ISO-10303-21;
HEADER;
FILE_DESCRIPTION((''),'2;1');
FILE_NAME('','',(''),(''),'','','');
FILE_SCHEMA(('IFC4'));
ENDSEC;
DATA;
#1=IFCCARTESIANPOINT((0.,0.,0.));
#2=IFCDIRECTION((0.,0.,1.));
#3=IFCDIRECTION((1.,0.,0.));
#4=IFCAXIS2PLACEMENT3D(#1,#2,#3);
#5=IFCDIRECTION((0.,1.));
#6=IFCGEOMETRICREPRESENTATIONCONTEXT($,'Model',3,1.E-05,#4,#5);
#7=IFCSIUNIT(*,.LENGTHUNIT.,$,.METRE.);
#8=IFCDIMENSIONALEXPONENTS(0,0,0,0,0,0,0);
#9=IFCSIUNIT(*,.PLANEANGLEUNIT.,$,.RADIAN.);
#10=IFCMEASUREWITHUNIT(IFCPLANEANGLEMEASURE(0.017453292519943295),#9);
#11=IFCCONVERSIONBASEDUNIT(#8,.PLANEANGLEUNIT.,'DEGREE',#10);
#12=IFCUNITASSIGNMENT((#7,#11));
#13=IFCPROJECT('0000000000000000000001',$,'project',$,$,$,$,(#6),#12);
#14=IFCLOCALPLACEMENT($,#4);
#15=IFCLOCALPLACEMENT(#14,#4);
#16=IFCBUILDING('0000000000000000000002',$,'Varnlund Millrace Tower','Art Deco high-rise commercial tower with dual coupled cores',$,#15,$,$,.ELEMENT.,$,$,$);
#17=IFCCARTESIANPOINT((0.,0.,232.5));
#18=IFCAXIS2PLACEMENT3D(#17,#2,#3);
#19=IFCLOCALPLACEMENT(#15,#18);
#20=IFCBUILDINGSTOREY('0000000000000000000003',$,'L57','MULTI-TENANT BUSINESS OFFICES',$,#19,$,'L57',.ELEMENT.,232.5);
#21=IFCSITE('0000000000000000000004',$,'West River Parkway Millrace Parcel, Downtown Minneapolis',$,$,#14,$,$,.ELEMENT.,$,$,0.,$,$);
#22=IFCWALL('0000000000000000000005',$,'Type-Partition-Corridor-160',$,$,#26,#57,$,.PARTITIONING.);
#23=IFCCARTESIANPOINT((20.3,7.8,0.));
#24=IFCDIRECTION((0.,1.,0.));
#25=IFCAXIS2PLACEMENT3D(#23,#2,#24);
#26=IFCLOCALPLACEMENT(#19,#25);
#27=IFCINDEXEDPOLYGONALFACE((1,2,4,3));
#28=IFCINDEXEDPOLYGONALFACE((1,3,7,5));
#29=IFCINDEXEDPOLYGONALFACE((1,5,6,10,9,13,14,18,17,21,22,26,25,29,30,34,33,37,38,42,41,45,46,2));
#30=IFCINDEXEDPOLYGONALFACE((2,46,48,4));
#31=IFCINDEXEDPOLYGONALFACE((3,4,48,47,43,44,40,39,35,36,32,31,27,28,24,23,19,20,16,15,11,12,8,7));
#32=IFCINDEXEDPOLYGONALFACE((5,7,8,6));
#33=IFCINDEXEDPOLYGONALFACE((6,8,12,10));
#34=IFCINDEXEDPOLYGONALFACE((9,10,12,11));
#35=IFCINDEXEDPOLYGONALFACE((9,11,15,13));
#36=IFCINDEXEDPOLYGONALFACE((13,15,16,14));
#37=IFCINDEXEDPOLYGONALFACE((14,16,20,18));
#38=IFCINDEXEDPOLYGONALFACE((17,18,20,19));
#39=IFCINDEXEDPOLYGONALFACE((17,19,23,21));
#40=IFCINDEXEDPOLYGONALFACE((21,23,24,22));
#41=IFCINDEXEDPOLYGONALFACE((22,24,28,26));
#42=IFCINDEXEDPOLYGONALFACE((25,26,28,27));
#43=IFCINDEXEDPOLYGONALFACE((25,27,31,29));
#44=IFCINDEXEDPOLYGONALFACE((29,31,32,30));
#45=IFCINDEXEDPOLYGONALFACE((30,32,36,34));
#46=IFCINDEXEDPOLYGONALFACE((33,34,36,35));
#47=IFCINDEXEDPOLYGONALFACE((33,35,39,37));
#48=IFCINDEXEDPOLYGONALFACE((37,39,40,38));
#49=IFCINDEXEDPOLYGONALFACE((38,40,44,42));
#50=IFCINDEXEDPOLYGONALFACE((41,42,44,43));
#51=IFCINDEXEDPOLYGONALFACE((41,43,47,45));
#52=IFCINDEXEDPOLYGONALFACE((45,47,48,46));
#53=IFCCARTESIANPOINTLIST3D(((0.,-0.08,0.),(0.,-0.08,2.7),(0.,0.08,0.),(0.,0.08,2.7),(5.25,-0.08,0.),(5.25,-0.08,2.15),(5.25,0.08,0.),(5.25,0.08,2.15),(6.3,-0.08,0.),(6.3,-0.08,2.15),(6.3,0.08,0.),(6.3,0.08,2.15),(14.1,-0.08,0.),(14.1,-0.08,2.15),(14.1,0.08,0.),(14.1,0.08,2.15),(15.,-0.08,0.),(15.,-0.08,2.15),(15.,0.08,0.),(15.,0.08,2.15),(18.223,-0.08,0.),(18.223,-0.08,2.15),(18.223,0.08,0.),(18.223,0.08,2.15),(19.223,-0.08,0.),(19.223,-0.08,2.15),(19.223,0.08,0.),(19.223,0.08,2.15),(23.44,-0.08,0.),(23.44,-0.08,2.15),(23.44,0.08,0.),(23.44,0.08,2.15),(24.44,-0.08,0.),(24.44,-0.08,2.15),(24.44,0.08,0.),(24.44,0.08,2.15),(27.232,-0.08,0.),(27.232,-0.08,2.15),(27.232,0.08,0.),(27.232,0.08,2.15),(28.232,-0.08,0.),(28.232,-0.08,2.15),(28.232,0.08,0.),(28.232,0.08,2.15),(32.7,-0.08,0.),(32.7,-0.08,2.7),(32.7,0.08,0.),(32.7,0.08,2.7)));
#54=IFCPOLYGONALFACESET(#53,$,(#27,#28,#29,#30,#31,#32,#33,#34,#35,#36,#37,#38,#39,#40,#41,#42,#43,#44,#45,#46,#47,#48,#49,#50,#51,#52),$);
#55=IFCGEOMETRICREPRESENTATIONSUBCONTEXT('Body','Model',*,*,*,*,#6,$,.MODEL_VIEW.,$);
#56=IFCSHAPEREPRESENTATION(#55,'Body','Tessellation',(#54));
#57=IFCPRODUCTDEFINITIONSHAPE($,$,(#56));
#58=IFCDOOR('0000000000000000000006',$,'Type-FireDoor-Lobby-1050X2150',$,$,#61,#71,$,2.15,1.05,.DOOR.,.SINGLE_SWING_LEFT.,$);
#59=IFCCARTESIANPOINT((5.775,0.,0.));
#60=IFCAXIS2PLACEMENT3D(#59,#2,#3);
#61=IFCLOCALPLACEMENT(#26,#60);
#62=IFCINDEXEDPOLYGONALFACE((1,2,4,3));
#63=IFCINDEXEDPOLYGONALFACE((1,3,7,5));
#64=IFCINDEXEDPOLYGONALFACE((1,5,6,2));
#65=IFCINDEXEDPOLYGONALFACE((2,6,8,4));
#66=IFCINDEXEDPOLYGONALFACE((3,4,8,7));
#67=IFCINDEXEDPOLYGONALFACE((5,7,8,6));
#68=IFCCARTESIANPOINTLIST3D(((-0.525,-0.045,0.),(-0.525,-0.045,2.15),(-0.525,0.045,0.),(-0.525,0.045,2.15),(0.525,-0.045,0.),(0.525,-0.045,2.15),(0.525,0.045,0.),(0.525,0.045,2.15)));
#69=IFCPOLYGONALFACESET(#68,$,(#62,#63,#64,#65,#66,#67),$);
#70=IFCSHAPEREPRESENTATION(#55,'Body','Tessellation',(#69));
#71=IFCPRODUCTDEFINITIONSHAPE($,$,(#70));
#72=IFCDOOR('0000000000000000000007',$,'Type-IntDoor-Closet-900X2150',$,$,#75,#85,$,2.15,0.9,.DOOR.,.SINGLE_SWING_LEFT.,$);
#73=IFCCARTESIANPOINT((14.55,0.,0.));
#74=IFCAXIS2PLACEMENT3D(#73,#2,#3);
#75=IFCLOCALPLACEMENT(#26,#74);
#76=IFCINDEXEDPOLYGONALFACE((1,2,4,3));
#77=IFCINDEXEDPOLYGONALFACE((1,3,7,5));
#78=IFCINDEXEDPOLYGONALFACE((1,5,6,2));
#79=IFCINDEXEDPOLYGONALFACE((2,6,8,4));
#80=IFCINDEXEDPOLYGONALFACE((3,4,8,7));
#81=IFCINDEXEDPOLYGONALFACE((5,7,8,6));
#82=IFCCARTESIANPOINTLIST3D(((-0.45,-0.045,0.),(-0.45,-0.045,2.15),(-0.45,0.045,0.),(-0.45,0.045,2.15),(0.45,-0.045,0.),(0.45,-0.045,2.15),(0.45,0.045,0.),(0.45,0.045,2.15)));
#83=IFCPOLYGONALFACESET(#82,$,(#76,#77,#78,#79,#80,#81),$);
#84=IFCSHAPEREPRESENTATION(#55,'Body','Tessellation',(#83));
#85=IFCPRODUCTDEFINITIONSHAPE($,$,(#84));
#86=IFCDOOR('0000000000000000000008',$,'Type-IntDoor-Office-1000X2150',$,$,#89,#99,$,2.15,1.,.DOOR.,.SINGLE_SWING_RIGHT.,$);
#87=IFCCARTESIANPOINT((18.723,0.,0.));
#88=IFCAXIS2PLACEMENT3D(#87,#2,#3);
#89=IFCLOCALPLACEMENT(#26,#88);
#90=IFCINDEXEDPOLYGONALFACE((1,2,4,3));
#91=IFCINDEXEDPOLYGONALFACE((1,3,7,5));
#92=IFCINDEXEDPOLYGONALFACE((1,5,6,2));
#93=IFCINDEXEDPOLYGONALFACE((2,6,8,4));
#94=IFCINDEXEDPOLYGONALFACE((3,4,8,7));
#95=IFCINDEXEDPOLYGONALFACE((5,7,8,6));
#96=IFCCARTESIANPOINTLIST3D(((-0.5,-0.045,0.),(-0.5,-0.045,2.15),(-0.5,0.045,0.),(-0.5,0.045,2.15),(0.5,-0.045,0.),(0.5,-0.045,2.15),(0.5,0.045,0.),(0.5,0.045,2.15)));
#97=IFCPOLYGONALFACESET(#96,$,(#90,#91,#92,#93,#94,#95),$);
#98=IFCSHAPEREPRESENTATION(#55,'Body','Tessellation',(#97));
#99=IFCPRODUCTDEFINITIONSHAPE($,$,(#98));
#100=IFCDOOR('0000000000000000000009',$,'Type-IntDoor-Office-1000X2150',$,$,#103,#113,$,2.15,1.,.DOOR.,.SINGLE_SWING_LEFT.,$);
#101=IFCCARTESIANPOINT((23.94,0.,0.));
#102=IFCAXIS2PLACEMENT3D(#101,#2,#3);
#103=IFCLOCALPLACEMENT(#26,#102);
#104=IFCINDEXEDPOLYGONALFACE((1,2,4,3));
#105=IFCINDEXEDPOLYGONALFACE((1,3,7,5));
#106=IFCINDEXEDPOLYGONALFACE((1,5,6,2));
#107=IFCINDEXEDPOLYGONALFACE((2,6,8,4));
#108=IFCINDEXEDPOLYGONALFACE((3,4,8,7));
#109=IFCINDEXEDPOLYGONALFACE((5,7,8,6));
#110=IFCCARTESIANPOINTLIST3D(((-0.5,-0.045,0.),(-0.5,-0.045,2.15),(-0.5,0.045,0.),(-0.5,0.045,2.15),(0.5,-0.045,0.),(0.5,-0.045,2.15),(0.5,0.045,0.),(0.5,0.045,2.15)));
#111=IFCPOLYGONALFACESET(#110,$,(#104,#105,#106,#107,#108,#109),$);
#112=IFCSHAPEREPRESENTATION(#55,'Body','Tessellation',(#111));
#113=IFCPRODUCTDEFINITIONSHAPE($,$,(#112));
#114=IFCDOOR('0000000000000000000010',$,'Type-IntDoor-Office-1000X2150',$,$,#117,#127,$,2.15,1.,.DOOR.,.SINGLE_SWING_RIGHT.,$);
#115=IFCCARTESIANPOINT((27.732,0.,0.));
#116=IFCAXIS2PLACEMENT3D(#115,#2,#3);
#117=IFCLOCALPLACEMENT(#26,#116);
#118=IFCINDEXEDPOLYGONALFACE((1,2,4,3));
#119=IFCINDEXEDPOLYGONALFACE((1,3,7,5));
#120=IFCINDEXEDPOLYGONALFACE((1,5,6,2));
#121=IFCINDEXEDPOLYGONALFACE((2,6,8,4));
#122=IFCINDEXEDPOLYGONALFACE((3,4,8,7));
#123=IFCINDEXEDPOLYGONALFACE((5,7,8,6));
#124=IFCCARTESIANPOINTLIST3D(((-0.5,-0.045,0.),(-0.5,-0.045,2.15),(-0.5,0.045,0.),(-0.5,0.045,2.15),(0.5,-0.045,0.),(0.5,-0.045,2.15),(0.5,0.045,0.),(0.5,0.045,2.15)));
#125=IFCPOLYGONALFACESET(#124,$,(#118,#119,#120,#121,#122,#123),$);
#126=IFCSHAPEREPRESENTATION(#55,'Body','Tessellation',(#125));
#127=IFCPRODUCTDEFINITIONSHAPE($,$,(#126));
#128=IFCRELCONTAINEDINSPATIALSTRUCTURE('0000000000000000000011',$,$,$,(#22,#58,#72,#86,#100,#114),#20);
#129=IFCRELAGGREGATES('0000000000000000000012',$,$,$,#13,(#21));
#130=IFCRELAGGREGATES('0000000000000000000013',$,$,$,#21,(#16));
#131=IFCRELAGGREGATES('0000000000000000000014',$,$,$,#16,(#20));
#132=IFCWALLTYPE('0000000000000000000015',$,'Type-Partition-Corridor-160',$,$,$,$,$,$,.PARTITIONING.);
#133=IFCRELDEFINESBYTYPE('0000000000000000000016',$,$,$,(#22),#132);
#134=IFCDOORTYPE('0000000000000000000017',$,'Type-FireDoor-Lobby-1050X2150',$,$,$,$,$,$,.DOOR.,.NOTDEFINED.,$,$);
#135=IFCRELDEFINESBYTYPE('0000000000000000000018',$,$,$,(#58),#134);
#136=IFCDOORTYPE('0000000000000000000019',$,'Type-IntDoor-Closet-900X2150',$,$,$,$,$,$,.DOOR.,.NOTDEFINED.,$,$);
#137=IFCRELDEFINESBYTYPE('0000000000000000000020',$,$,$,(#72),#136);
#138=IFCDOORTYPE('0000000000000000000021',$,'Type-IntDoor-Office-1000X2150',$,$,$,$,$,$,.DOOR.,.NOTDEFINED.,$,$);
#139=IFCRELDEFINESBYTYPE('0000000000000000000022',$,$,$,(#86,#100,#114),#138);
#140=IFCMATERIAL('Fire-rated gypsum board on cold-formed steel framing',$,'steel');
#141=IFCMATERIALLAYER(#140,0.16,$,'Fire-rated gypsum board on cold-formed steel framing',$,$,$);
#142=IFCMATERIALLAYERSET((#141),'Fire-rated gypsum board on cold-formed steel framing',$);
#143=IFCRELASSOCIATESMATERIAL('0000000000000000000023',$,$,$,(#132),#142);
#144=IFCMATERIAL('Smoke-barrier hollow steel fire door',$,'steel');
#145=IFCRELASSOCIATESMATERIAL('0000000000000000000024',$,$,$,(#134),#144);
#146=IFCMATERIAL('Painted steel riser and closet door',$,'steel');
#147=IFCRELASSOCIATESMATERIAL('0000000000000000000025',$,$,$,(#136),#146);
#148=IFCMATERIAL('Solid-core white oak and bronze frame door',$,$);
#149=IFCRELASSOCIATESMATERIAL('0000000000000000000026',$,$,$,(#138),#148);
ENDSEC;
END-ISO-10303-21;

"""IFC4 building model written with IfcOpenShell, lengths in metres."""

from ifc_helpers import new_model, entity, si_unit, converted_unit, direction, frame, origin_with_axes, origin_2d_with_axis, place, context, subcontext, project, spatial, polyline, rectangle, outline, extrude, material, layer, layer_set, type_object, element, fill, save


model = new_model("IFC4")

# Units and contexts
model_context = context("Model", 3, precision=1e-05, world=origin_with_axes(), true_north=direction((0.0, 1.0)))
body_context = subcontext(model_context, "Body", "Model", "MODEL_VIEW")
ifc_project = project(units=[si_unit("LENGTHUNIT", "METRE"), converted_unit("PLANEANGLEUNIT", "DEGREE", entity("IfcPlaneAngleMeasure", 0.017453292519943295), si_unit("PLANEANGLEUNIT", "RADIAN"), dimensions=[0, 0, 0, 0, 0, 0, 0])], contexts=[model_context])

# Site, building, storey
site_placement = place(None, origin_with_axes())
site = spatial("IfcSite", under=ifc_project, at=site_placement, Name="West River Parkway Millrace Parcel, Downtown Minneapolis", CompositionType="ELEMENT", RefElevation=0.0)
building_placement = place(site_placement, origin_with_axes())
building = spatial("IfcBuilding", under=site, at=building_placement, Name="Varnlund Millrace Tower", Description="Art Deco high-rise commercial tower with dual coupled cores", CompositionType="ELEMENT")
storey_placement = place(building_placement, frame((0.0, 0.0, 232.5), z_axis=(0.0, 0.0, 1.0), x_axis=(1.0, 0.0, 0.0)))
storey = spatial("IfcBuildingStorey", under=building, at=storey_placement, Name="L57", Description="MULTI-TENANT BUSINESS OFFICES", LongName="L57", CompositionType="ELEMENT", Elevation=232.5)

# Shared definitions
ifc_material_1 = material(Name="Fire-rated gypsum board on cold-formed steel framing", Category="steel")
ifc_layer_1 = layer(ifc_material_1, 0.16, Name="Fire-rated gypsum board on cold-formed steel framing")
ifc_layer_set_1 = layer_set([ifc_layer_1], Name="Fire-rated gypsum board on cold-formed steel framing")
wall_type_1 = type_object("IfcWallType", Name="Type-Partition-Corridor-160", PredefinedType="PARTITIONING", material=ifc_layer_set_1)

# Wall, openings, doors
wall_1_placement = place(storey_placement, frame((20.3, 7.8, 0.0), z_axis=(0.0, 0.0, 1.0), x_axis=(0.0, 1.0, 0.0)))
wall_1 = element("IfcWall", 1, at=wall_1_placement, inside=storey, type_object=wall_type_1, Name="Type-Partition-Corridor-160", PredefinedType="PARTITIONING", context=body_context, shape_type="SweptSolid", body=[
    extrude(outline(polyline([(0.0, -0.08), (32.7, -0.08), (32.7, 0.08), (0.0, 0.08), (0.0, -0.08)])), origin_with_axes(), (0.0, 0.0, 1.0), 2.7),
])
opening_1_placement = place(wall_1_placement, frame((14.55, 0.0, 0.0), z_axis=(0.0, 0.0, 1.0), x_axis=(1.0, 0.0, 0.0)))
opening_1 = element("IfcOpeningElement", 2, at=opening_1_placement, cuts=wall_1, PredefinedType="OPENING", context=body_context, shape_type="SweptSolid", body=[
    extrude(rectangle(XDim=0.9, YDim=0.18, at=origin_2d_with_axis()), origin_with_axes(), (0.0, 0.0, 1.0), 2.15),
])
opening_2_placement = place(wall_1_placement, frame((18.723, 0.0, 0.0), z_axis=(0.0, 0.0, 1.0), x_axis=(1.0, 0.0, 0.0)))
opening_2 = element("IfcOpeningElement", 3, at=opening_2_placement, cuts=wall_1, PredefinedType="OPENING", context=body_context, shape_type="SweptSolid", body=[
    extrude(rectangle(XDim=1.0, YDim=0.18, at=origin_2d_with_axis()), origin_with_axes(), (0.0, 0.0, 1.0), 2.15),
])
opening_3_placement = place(wall_1_placement, frame((23.94, 0.0, 0.0), z_axis=(0.0, 0.0, 1.0), x_axis=(1.0, 0.0, 0.0)))
opening_3 = element("IfcOpeningElement", 4, at=opening_3_placement, cuts=wall_1, PredefinedType="OPENING", context=body_context, shape_type="SweptSolid", body=[
    extrude(rectangle(XDim=1.0, YDim=0.18, at=origin_2d_with_axis()), origin_with_axes(), (0.0, 0.0, 1.0), 2.15),
])
opening_4_placement = place(wall_1_placement, frame((27.732, 0.0, 0.0), z_axis=(0.0, 0.0, 1.0), x_axis=(1.0, 0.0, 0.0)))
opening_4 = element("IfcOpeningElement", 5, at=opening_4_placement, cuts=wall_1, PredefinedType="OPENING", context=body_context, shape_type="SweptSolid", body=[
    extrude(rectangle(XDim=1.0, YDim=0.18, at=origin_2d_with_axis()), origin_with_axes(), (0.0, 0.0, 1.0), 2.15),
])
opening_5_placement = place(wall_1_placement, frame((5.775, 0.0, 0.0), z_axis=(0.0, 0.0, 1.0), x_axis=(1.0, 0.0, 0.0)))
opening_5 = element("IfcOpeningElement", 6, at=opening_5_placement, cuts=wall_1, PredefinedType="OPENING", context=body_context, shape_type="SweptSolid", body=[
    extrude(rectangle(XDim=1.05, YDim=0.18, at=origin_2d_with_axis()), origin_with_axes(), (0.0, 0.0, 1.0), 2.15),
])
ifc_material_2 = material(Name="Smoke-barrier hollow steel fire door", Category="steel")
door_type_1 = type_object("IfcDoorType", Name="Type-FireDoor-Lobby-1050X2150", OperationType="NOTDEFINED", PredefinedType="DOOR", material=ifc_material_2)
door_1_placement = place(wall_1_placement, frame((5.775, 0.0, 0.0), z_axis=(0.0, 0.0, 1.0), x_axis=(1.0, 0.0, 0.0)))
door_1 = element("IfcDoor", 7, at=door_1_placement, inside=storey, type_object=door_type_1, Name="Type-FireDoor-Lobby-1050X2150", OperationType="SINGLE_SWING_LEFT", OverallHeight=2.15, OverallWidth=1.05, PredefinedType="DOOR", context=body_context, shape_type="SweptSolid", body=[
    extrude(rectangle(XDim=1.05, YDim=0.09, at=origin_2d_with_axis()), origin_with_axes(), (0.0, 0.0, 1.0), 2.15),
])
fill(opening_5, door_1)
ifc_material_3 = material(Name="Painted steel riser and closet door", Category="steel")
door_type_2 = type_object("IfcDoorType", Name="Type-IntDoor-Closet-900X2150", OperationType="NOTDEFINED", PredefinedType="DOOR", material=ifc_material_3)
door_2_placement = place(wall_1_placement, frame((14.55, 0.0, 0.0), z_axis=(0.0, 0.0, 1.0), x_axis=(1.0, 0.0, 0.0)))
door_2 = element("IfcDoor", 8, at=door_2_placement, inside=storey, type_object=door_type_2, Name="Type-IntDoor-Closet-900X2150", OperationType="SINGLE_SWING_LEFT", OverallHeight=2.15, OverallWidth=0.9, PredefinedType="DOOR", context=body_context, shape_type="SweptSolid", body=[
    extrude(rectangle(XDim=0.9, YDim=0.09, at=origin_2d_with_axis()), origin_with_axes(), (0.0, 0.0, 1.0), 2.15),
])
fill(opening_1, door_2)
ifc_material_4 = material(Name="Solid-core white oak and bronze frame door")
door_type_3 = type_object("IfcDoorType", Name="Type-IntDoor-Office-1000X2150", OperationType="NOTDEFINED", PredefinedType="DOOR", material=ifc_material_4)
door_3_placement = place(wall_1_placement, frame((18.723, 0.0, 0.0), z_axis=(0.0, 0.0, 1.0), x_axis=(1.0, 0.0, 0.0)))
door_3 = element("IfcDoor", 9, at=door_3_placement, inside=storey, type_object=door_type_3, Name="Type-IntDoor-Office-1000X2150", OperationType="SINGLE_SWING_RIGHT", OverallHeight=2.15, OverallWidth=1.0, PredefinedType="DOOR", context=body_context, shape_type="SweptSolid", body=[
    extrude(rectangle(XDim=1.0, YDim=0.09, at=origin_2d_with_axis()), origin_with_axes(), (0.0, 0.0, 1.0), 2.15),
])
fill(opening_2, door_3)
door_4_placement = place(wall_1_placement, frame((23.94, 0.0, 0.0), z_axis=(0.0, 0.0, 1.0), x_axis=(1.0, 0.0, 0.0)))
door_4 = element("IfcDoor", 10, at=door_4_placement, inside=storey, type_object=door_type_3, Name="Type-IntDoor-Office-1000X2150", OperationType="SINGLE_SWING_LEFT", OverallHeight=2.15, OverallWidth=1.0, PredefinedType="DOOR", context=body_context, shape_type="SweptSolid", body=[
    extrude(rectangle(XDim=1.0, YDim=0.09, at=origin_2d_with_axis()), origin_with_axes(), (0.0, 0.0, 1.0), 2.15),
])
fill(opening_3, door_4)
door_5_placement = place(wall_1_placement, frame((27.732, 0.0, 0.0), z_axis=(0.0, 0.0, 1.0), x_axis=(1.0, 0.0, 0.0)))
door_5 = element("IfcDoor", 11, at=door_5_placement, inside=storey, type_object=door_type_3, Name="Type-IntDoor-Office-1000X2150", OperationType="SINGLE_SWING_RIGHT", OverallHeight=2.15, OverallWidth=1.0, PredefinedType="DOOR", context=body_context, shape_type="SweptSolid", body=[
    extrude(rectangle(XDim=1.0, YDim=0.09, at=origin_2d_with_axis()), origin_with_axes(), (0.0, 0.0, 1.0), 2.15),
])
fill(opening_4, door_5)

save(model, "model.ifc")
